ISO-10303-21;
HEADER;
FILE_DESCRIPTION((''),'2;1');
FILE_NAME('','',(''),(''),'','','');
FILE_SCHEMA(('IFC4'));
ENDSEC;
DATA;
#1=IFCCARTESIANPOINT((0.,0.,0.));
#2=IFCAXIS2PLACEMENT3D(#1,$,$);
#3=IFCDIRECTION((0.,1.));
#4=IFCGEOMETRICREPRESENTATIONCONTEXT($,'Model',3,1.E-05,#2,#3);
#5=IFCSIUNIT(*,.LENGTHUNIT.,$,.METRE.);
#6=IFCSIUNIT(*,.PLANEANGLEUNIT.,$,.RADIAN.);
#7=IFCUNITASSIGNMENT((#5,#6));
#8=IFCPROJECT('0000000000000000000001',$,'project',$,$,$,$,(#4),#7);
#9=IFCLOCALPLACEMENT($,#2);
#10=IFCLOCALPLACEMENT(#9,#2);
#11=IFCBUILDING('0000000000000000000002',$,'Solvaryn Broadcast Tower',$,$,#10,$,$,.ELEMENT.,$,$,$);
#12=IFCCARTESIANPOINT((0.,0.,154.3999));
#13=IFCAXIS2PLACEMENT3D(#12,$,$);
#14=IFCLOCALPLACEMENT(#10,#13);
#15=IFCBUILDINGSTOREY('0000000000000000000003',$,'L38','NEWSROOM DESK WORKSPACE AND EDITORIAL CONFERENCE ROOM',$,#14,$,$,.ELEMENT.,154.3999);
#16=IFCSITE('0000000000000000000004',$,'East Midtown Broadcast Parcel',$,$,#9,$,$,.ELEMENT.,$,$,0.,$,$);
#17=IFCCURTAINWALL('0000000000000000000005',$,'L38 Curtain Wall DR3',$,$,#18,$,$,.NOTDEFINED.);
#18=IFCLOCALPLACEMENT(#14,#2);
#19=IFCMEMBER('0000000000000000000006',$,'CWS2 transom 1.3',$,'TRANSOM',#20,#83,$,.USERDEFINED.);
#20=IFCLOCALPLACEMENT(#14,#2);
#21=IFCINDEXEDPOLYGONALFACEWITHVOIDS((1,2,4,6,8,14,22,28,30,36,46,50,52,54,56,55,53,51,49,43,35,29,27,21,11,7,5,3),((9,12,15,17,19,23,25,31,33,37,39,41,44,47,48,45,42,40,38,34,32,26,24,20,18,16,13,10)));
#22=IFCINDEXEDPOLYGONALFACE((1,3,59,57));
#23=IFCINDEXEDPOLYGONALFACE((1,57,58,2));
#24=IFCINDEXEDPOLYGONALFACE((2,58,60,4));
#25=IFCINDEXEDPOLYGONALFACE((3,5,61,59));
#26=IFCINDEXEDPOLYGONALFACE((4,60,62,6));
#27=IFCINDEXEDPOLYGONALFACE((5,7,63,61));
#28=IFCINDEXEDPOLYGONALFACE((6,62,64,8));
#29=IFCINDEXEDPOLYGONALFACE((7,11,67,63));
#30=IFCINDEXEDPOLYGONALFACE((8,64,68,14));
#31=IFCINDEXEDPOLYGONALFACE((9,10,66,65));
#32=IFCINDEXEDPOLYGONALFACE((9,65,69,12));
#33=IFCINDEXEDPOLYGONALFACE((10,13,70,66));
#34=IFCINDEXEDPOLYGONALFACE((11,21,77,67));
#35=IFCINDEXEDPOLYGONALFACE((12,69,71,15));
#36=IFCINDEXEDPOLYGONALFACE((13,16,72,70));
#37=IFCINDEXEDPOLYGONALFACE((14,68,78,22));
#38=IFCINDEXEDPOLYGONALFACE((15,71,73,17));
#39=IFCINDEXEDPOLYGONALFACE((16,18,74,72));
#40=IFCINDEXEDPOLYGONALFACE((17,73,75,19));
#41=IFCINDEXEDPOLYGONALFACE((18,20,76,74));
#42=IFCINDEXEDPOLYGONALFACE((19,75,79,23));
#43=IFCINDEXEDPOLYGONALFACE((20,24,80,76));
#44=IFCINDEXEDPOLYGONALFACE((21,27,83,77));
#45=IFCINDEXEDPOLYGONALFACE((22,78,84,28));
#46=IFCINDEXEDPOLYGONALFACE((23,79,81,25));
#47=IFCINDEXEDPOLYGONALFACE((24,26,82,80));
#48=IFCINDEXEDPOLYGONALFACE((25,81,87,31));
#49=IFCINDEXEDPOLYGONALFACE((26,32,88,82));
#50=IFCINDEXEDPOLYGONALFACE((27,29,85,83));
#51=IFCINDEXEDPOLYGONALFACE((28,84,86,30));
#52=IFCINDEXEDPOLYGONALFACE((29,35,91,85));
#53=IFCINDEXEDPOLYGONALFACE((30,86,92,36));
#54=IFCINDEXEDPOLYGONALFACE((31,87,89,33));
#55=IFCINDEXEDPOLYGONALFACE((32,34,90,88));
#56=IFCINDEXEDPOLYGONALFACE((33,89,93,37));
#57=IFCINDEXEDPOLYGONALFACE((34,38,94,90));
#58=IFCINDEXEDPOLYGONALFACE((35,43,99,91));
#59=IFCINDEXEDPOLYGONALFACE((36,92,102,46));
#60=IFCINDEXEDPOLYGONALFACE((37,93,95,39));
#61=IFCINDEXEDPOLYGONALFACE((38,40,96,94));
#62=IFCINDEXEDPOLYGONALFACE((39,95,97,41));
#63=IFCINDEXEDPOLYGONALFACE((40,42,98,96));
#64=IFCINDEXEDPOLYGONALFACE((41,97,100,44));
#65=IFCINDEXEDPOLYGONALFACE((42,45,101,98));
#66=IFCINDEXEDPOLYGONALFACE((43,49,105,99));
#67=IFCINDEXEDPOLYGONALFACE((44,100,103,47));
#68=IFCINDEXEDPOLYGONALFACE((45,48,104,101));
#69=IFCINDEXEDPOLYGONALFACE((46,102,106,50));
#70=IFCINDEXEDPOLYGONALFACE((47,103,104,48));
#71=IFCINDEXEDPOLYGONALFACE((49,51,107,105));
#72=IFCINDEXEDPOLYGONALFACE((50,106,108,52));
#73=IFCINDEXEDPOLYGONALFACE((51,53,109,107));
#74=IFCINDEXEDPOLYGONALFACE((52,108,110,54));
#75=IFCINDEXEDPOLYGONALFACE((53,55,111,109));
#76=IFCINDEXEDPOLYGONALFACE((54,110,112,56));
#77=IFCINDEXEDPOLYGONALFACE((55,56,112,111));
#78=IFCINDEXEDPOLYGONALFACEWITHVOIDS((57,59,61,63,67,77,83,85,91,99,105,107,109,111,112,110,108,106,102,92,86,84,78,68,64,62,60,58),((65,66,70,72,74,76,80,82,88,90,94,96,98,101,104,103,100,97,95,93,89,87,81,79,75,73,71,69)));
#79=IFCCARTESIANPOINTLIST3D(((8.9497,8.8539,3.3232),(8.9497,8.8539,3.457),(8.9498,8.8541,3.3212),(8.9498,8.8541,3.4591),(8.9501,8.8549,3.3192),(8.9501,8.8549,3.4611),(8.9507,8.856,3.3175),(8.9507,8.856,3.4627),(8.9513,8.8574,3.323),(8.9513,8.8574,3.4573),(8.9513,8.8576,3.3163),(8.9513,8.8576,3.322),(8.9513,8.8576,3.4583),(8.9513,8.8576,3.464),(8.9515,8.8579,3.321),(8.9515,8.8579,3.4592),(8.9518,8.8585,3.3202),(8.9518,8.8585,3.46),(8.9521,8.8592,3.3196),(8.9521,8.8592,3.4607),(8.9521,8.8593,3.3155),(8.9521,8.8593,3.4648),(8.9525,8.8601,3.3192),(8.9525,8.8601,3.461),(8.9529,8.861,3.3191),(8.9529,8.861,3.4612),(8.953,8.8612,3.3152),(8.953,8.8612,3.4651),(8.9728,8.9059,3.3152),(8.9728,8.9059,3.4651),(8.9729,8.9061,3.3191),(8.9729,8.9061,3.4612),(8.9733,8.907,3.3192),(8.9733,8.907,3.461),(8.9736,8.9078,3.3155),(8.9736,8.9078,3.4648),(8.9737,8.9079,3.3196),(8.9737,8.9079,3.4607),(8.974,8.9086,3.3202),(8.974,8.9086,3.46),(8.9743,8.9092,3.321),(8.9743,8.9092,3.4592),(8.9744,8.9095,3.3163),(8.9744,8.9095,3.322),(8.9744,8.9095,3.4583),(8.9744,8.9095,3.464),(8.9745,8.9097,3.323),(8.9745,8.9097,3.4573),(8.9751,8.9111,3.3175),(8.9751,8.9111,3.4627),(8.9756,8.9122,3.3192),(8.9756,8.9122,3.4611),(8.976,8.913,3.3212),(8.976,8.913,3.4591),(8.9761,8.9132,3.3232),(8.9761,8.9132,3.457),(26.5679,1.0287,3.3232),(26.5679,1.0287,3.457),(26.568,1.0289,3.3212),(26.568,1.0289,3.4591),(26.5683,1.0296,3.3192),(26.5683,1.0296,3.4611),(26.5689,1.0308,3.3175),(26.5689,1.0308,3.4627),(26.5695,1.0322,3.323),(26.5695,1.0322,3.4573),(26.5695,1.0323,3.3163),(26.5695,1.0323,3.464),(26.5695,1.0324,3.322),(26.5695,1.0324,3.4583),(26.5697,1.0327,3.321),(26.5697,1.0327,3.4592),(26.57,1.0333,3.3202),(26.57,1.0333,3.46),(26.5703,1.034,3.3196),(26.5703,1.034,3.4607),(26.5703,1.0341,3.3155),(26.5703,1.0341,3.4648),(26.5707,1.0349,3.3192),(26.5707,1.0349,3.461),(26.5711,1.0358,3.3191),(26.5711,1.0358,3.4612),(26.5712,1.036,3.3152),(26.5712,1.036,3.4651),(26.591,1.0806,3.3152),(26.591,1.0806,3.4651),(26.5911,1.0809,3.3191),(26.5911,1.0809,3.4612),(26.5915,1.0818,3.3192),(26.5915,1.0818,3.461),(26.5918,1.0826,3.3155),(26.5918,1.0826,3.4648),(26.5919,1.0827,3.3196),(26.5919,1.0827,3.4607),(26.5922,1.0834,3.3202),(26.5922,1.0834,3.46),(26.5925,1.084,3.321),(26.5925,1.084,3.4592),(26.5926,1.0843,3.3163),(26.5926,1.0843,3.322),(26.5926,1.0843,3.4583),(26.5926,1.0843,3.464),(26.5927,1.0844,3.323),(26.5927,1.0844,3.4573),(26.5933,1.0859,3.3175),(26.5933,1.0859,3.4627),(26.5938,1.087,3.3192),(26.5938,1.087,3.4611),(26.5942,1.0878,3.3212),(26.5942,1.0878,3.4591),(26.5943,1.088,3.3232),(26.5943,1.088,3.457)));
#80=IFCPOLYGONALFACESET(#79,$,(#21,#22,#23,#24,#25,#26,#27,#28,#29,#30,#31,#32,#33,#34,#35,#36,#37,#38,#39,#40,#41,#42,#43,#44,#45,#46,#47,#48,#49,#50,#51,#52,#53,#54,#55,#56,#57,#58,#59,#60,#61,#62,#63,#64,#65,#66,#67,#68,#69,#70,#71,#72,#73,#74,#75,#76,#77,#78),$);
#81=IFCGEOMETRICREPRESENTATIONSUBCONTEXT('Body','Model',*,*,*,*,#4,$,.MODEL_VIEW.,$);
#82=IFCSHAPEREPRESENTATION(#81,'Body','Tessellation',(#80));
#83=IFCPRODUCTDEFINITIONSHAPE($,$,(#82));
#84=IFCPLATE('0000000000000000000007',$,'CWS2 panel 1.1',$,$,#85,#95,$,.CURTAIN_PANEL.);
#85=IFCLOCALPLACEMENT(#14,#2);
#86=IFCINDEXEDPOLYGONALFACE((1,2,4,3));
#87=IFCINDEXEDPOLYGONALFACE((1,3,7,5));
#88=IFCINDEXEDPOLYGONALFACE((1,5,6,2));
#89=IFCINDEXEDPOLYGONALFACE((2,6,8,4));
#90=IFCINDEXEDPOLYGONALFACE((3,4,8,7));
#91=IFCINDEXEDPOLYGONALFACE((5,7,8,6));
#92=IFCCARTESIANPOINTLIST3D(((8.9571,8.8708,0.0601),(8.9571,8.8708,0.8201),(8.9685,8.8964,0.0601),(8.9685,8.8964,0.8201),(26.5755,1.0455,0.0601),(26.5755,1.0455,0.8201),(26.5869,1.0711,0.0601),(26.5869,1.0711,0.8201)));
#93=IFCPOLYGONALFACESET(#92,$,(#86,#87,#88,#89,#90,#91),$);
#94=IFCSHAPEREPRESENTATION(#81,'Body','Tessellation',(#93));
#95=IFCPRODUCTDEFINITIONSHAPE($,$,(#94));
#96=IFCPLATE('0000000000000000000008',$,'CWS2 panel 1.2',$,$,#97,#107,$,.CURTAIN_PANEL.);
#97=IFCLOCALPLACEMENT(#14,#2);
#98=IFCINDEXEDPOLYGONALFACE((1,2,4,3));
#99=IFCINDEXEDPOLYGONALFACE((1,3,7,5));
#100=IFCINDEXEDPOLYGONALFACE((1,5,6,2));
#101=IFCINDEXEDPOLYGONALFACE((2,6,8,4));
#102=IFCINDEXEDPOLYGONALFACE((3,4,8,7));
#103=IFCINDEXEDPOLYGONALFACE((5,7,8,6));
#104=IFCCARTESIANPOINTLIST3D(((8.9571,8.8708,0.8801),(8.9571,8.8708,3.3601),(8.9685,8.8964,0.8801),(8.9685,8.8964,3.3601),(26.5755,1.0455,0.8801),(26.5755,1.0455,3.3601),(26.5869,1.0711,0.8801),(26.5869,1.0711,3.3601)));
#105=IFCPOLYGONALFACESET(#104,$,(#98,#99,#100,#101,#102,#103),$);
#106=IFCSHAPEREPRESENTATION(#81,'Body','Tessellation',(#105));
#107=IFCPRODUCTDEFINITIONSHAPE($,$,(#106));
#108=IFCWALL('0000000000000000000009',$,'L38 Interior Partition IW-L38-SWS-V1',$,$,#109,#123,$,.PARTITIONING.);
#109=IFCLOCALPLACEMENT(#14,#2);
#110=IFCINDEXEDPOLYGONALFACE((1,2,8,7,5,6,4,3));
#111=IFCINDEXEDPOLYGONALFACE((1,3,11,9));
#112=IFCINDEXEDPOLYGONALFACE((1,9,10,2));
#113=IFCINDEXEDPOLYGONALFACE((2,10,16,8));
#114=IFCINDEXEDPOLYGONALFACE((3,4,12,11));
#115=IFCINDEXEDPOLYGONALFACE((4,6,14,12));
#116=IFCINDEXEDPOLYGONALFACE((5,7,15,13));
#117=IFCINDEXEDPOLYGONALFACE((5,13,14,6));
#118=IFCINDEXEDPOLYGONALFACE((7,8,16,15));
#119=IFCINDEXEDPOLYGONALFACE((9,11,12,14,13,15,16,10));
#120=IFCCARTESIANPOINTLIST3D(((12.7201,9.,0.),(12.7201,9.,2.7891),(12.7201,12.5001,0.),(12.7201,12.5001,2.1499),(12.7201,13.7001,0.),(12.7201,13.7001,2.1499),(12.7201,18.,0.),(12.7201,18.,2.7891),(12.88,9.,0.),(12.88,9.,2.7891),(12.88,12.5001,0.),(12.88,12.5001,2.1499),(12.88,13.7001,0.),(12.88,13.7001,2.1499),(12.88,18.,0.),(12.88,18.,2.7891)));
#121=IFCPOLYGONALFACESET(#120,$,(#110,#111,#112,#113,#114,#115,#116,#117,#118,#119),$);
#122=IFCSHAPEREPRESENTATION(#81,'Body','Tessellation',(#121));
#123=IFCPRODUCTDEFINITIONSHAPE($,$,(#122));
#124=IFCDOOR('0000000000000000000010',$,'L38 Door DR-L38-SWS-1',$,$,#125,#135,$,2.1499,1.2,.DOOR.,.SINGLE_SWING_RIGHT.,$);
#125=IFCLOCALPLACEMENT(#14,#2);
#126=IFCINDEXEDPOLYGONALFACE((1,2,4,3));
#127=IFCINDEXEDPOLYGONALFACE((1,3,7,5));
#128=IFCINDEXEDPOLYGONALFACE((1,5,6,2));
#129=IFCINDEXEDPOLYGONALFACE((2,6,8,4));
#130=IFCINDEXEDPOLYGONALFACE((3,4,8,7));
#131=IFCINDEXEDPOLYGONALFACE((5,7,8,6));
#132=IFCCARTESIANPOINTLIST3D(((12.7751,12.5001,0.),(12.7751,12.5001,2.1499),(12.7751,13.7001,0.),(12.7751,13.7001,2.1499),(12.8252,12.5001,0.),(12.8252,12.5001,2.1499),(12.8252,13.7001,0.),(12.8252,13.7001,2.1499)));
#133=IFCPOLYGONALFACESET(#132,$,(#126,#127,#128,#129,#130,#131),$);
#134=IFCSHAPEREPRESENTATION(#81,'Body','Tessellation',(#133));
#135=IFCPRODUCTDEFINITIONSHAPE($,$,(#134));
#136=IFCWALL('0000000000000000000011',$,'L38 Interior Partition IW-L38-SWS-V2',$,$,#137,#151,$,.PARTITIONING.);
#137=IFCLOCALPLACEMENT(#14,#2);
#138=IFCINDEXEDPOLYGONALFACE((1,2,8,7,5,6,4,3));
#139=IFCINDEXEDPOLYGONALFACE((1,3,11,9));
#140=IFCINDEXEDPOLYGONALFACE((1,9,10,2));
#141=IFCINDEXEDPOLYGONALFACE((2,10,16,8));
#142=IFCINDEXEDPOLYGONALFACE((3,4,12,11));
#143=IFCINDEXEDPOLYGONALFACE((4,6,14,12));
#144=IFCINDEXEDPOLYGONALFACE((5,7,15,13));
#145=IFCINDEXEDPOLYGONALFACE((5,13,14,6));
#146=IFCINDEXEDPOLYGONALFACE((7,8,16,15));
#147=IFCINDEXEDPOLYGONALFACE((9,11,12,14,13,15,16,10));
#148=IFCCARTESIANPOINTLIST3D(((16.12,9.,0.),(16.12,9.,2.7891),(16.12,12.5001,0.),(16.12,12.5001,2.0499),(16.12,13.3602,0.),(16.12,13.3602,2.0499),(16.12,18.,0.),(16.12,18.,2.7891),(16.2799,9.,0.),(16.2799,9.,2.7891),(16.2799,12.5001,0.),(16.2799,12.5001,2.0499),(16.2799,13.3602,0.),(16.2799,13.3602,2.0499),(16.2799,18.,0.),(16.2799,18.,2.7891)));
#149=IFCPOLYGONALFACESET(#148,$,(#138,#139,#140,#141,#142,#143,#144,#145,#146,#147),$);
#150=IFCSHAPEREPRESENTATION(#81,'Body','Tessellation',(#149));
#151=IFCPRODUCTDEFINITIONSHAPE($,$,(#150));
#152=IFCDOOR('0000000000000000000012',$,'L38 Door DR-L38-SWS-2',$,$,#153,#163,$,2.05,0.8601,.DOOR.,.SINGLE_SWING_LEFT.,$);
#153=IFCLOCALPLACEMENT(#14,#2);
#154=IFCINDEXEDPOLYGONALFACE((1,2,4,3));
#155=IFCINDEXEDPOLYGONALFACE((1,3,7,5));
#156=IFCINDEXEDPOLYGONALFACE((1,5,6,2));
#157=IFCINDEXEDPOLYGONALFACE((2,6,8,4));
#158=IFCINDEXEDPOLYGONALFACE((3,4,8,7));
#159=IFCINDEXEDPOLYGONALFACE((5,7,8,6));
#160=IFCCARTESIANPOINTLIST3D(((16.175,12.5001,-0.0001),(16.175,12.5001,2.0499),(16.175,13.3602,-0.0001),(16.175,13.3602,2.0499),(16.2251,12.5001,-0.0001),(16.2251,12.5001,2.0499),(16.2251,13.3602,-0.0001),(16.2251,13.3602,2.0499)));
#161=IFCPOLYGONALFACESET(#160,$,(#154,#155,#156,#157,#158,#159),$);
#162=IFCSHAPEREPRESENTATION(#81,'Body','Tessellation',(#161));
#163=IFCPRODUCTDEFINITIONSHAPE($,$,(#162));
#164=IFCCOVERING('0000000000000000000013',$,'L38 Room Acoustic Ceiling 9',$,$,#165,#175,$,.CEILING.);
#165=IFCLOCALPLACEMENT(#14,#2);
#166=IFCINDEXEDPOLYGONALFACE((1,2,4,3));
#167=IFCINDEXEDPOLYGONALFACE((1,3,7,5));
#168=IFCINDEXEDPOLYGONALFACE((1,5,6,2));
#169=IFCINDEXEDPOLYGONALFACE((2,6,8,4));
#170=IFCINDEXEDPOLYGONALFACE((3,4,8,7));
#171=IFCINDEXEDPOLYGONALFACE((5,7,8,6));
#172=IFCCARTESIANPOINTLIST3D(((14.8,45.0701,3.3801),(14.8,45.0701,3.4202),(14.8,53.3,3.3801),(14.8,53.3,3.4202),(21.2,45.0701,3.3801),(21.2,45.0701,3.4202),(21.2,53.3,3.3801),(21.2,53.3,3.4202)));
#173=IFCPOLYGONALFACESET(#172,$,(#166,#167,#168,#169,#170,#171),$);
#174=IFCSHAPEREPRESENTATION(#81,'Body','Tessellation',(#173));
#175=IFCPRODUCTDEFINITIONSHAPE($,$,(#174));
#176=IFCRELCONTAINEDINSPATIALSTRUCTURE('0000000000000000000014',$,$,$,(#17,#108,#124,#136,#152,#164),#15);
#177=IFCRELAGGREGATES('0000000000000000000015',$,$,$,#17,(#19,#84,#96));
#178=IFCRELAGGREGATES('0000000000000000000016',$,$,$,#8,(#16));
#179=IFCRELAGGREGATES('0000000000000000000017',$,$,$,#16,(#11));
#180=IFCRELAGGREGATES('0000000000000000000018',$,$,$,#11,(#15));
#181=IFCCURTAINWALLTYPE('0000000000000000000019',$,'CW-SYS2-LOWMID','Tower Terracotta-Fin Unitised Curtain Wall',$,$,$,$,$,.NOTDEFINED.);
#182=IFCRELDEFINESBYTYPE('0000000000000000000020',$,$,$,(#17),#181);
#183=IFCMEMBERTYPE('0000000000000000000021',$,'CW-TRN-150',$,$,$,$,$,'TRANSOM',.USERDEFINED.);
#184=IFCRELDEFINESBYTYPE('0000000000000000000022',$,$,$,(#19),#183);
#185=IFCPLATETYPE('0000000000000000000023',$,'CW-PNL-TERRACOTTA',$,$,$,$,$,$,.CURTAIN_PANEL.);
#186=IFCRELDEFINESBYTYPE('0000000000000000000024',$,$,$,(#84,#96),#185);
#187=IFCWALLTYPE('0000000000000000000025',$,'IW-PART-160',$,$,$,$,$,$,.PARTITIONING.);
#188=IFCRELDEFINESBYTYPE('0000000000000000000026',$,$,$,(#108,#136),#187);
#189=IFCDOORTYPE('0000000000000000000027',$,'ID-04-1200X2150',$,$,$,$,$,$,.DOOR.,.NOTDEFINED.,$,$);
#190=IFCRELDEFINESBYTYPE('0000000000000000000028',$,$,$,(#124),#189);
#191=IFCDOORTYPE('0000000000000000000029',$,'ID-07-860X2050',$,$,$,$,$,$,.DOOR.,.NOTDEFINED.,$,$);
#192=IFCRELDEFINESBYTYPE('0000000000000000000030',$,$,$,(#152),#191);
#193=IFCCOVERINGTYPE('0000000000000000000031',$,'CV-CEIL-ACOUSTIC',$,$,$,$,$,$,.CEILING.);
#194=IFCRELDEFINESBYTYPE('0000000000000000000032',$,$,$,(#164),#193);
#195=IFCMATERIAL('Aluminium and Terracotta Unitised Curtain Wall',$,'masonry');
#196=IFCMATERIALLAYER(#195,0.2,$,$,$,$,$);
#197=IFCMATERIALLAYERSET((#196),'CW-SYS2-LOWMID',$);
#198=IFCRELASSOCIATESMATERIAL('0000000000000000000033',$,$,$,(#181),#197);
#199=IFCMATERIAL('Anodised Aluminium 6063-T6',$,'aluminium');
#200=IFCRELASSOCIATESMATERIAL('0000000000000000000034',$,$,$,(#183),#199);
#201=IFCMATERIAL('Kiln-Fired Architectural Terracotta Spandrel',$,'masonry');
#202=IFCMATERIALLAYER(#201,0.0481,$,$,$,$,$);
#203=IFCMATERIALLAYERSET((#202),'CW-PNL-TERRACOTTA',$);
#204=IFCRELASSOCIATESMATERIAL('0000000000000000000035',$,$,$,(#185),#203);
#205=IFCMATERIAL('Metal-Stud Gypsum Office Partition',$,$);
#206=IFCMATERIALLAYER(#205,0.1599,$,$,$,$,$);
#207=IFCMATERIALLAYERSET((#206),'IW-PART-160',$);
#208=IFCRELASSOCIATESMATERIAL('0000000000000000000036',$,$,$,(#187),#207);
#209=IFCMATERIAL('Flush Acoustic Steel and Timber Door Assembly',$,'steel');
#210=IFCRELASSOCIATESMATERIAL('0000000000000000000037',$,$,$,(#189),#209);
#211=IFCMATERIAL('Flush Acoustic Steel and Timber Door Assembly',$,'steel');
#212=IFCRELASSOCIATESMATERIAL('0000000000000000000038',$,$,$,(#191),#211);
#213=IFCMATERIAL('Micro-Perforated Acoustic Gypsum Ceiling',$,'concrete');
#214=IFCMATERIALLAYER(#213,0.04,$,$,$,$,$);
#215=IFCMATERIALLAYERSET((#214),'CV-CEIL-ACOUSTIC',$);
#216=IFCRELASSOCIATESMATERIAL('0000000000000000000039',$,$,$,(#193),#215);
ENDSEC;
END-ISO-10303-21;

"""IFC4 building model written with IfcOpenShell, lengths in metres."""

from ifc_helpers import new_model, si_unit, direction, frame, frame_2d, origin, origin_2d, place, context, subcontext, project, spatial, polyline, rectangle, hollow_rectangle, outline, extrude, material, layer, layer_set, material_profile, profile_set, type_object, element, fill, aggregate, save


model = new_model("IFC4")

# Units and contexts
model_context = context("Model", 3, precision=1e-05, world=origin(), true_north=direction((0.0, 1.0)))
body_context = subcontext(model_context, "Body", "Model", "MODEL_VIEW")
ifc_project = project(units=[si_unit("LENGTHUNIT", "METRE"), si_unit("PLANEANGLEUNIT", "RADIAN")], contexts=[model_context])

# Site, building, storey
site_placement = place(None, origin())
site = spatial("IfcSite", under=ifc_project, at=site_placement, Name="East Midtown Broadcast Parcel", CompositionType="ELEMENT", RefElevation=0.0)
building_placement = place(site_placement, origin())
building = spatial("IfcBuilding", under=site, at=building_placement, Name="Solvaryn Broadcast Tower", CompositionType="ELEMENT")
storey_placement = place(building_placement, frame((0.0, 0.0, 154.3999)))
storey = spatial("IfcBuildingStorey", under=building, at=storey_placement, Name="L38", Description="NEWSROOM DESK WORKSPACE AND EDITORIAL CONFERENCE ROOM", CompositionType="ELEMENT", Elevation=154.3999)

# Shared definitions
ifc_material_1 = material(Name="Aluminium and Terracotta Unitised Curtain Wall", Category="masonry")
ifc_layer_1 = layer(ifc_material_1, 0.2)
ifc_layer_set_1 = layer_set([ifc_layer_1], Name="CW-SYS2-LOWMID")
curtain_wall_type = type_object("IfcCurtainWallType", Name="CW-SYS2-LOWMID", Description="Tower Terracotta-Fin Unitised Curtain Wall", PredefinedType="NOTDEFINED", material=ifc_layer_set_1)

# Curtain wall, member, plates
curtain_wall_1_placement = place(storey_placement, origin())
curtain_wall_1 = element("IfcCurtainWall", 1, at=curtain_wall_1_placement, inside=storey, type_object=curtain_wall_type, Name="L38 Curtain Wall DR3", PredefinedType="NOTDEFINED")
ifc_material_2 = material(Name="Anodised Aluminium 6063-T6", Category="aluminium")
ifc_material_profile_1 = material_profile(ifc_material_2, hollow_rectangle(XDim=0.0649, YDim=0.1499, WallThickness=0.0039, InnerFilletRadius=0.0039, OuterFilletRadius=0.0081, at=origin_2d()))
ifc_profile_set_1 = profile_set([ifc_material_profile_1], Name="Anodised Aluminium 6063-T6")
member_type_1 = type_object("IfcMemberType", Name="CW-TRN-150", ElementType="TRANSOM", PredefinedType="USERDEFINED", material=ifc_profile_set_1)
member_1_placement = place(storey_placement, frame((8.9629, 8.8835, 3.3901), z_axis=(0.91391, -0.405918, 0.0), x_axis=(0.405918, 0.91391, 0.0)))
member_1 = element("IfcMember", 2, at=member_1_placement, type_object=member_type_1, Name="CWS2 transom 1.3", ObjectType="TRANSOM", PredefinedType="USERDEFINED", context=body_context, shape_type="SweptSolid", body=[
    extrude(hollow_rectangle(XDim=0.0649, YDim=0.1499, WallThickness=0.0039, InnerFilletRadius=0.0039, OuterFilletRadius=0.0081, at=origin_2d()), origin(), (0.0, 0.0, 1.0), 19.2778),
])
ifc_material_3 = material(Name="Kiln-Fired Architectural Terracotta Spandrel", Category="masonry")
ifc_layer_2 = layer(ifc_material_3, 0.0481)
ifc_layer_set_2 = layer_set([ifc_layer_2], Name="CW-PNL-TERRACOTTA")
plate_type = type_object("IfcPlateType", Name="CW-PNL-TERRACOTTA", PredefinedType="CURTAIN_PANEL", material=ifc_layer_set_2)
plate_1_placement = place(storey_placement, frame((17.772, 4.9709, 0.0601), z_axis=(0.0, 0.0, 1.0), x_axis=(0.913909, -0.405918, 0.0)))
plate_1 = element("IfcPlate", 3, at=plate_1_placement, type_object=plate_type, Name="CWS2 panel 1.1", PredefinedType="CURTAIN_PANEL", context=body_context, shape_type="SweptSolid", body=[
    extrude(rectangle(XDim=19.2781, YDim=0.0281, at=origin_2d()), origin(), (0.0, 0.0, 1.0), 0.76),
])
plate_2_placement = place(storey_placement, frame((17.772, 4.9709, 0.8801), z_axis=(0.0, 0.0, 1.0), x_axis=(0.913909, -0.405918, 0.0)))
plate_2 = element("IfcPlate", 4, at=plate_2_placement, type_object=plate_type, Name="CWS2 panel 1.2", PredefinedType="CURTAIN_PANEL", context=body_context, shape_type="SweptSolid", body=[
    extrude(rectangle(XDim=19.2781, YDim=0.0281, at=origin_2d()), origin(), (0.0, 0.0, 1.0), 2.48),
])
aggregate(curtain_wall_1, [member_1, plate_1, plate_2])

# Walls, openings, doors
ifc_material_4 = material(Name="Metal-Stud Gypsum Office Partition")
ifc_layer_3 = layer(ifc_material_4, 0.1599)
ifc_layer_set_3 = layer_set([ifc_layer_3], Name="IW-PART-160")
wall_type = type_object("IfcWallType", Name="IW-PART-160", PredefinedType="PARTITIONING", material=ifc_layer_set_3)
wall_1_placement = place(storey_placement, frame((12.8, 9.0, 0.0), z_axis=(0.0, 0.0, 1.0), x_axis=(0.0, 1.0, 0.0)))
wall_1 = element("IfcWall", 5, at=wall_1_placement, inside=storey, type_object=wall_type, Name="L38 Interior Partition IW-L38-SWS-V1", PredefinedType="PARTITIONING", context=body_context, shape_type="SweptSolid", body=[
    extrude(rectangle(XDim=9.0, YDim=0.1599, at=frame_2d((4.5, 0.0))), origin(), (0.0, 0.0, 1.0), 2.7891),
])
opening_1_placement = place(wall_1_placement, frame((3.5, 0.0, 0.0)))
opening_1 = element("IfcOpeningElement", 6, at=opening_1_placement, cuts=wall_1, PredefinedType="OPENING", context=body_context, shape_type="SweptSolid", body=[
    extrude(rectangle(XDim=1.2, YDim=2.1499, at=frame_2d((0.6001, 1.075))), frame((0.0, 0.0901, 0.0), z_axis=(0.0, -1.0, 0.0), x_axis=(1.0, 0.0, 0.0)), (0.0, 0.0, 1.0), 0.1799),
])
ifc_material_5 = material(Name="Flush Acoustic Steel and Timber Door Assembly", Category="steel")
door_type_1 = type_object("IfcDoorType", Name="ID-04-1200X2150", OperationType="NOTDEFINED", PredefinedType="DOOR", material=ifc_material_5)
door_1_placement = place(opening_1_placement, origin())
door_1 = element("IfcDoor", 7, at=door_1_placement, inside=storey, type_object=door_type_1, Name="L38 Door DR-L38-SWS-1", OperationType="SINGLE_SWING_RIGHT", OverallHeight=2.1499, OverallWidth=1.2, PredefinedType="DOOR", context=body_context, shape_type="SweptSolid", body=[
    extrude(rectangle(XDim=1.2, YDim=2.1499, at=frame_2d((0.6001, 1.075))), frame((0.0, 0.0249, 0.0), z_axis=(0.0, -1.0, 0.0), x_axis=(1.0, 0.0, 0.0)), (0.0, 0.0, 1.0), 0.05),
])
fill(opening_1, door_1)
wall_2_placement = place(storey_placement, frame((16.2, 9.0, 0.0), z_axis=(0.0, 0.0, 1.0), x_axis=(0.0, 1.0, 0.0)))
wall_2 = element("IfcWall", 8, at=wall_2_placement, inside=storey, type_object=wall_type, Name="L38 Interior Partition IW-L38-SWS-V2", PredefinedType="PARTITIONING", context=body_context, shape_type="SweptSolid", body=[
    extrude(rectangle(XDim=9.0, YDim=0.1599, at=frame_2d((4.5, 0.0))), origin(), (0.0, 0.0, 1.0), 2.7891),
])
opening_2_placement = place(wall_2_placement, frame((3.5, 0.0, 0.0)))
opening_2 = element("IfcOpeningElement", 9, at=opening_2_placement, cuts=wall_2, PredefinedType="OPENING", context=body_context, shape_type="SweptSolid", body=[
    extrude(rectangle(XDim=0.8601, YDim=2.05, at=frame_2d((0.4302, 1.0249))), frame((0.0, 0.0901, 0.0), z_axis=(0.0, -1.0, 0.0), x_axis=(1.0, 0.0, 0.0)), (0.0, 0.0, 1.0), 0.1799),
])
ifc_material_6 = material(Name="Flush Acoustic Steel and Timber Door Assembly", Category="steel")
door_type_2 = type_object("IfcDoorType", Name="ID-07-860X2050", OperationType="NOTDEFINED", PredefinedType="DOOR", material=ifc_material_6)
door_2_placement = place(opening_2_placement, origin())
door_2 = element("IfcDoor", 10, at=door_2_placement, inside=storey, type_object=door_type_2, Name="L38 Door DR-L38-SWS-2", OperationType="SINGLE_SWING_LEFT", OverallHeight=2.05, OverallWidth=0.8601, PredefinedType="DOOR", context=body_context, shape_type="SweptSolid", body=[
    extrude(rectangle(XDim=0.8601, YDim=2.05, at=frame_2d((0.4302, 1.0249))), frame((0.0, 0.0249, 0.0), z_axis=(0.0, -1.0, 0.0), x_axis=(1.0, 0.0, 0.0)), (0.0, 0.0, 1.0), 0.05),
])
fill(opening_2, door_2)

# Covering
ifc_material_7 = material(Name="Micro-Perforated Acoustic Gypsum Ceiling", Category="concrete")
ifc_layer_4 = layer(ifc_material_7, 0.04)
ifc_layer_set_4 = layer_set([ifc_layer_4], Name="CV-CEIL-ACOUSTIC")
covering_type_1 = type_object("IfcCoveringType", Name="CV-CEIL-ACOUSTIC", PredefinedType="CEILING", material=ifc_layer_set_4)
covering_1_placement = place(storey_placement, frame((0.0, 0.0, 3.3801)))
element("IfcCovering", 11, at=covering_1_placement, inside=storey, type_object=covering_type_1, Name="L38 Room Acoustic Ceiling 9", PredefinedType="CEILING", context=body_context, shape_type="SweptSolid", body=[
    extrude(outline(polyline([(14.8, 45.0701), (21.2, 45.0701), (21.2, 53.3), (14.8, 53.3), (14.8, 45.0701)])), origin(), (0.0, 0.0, 1.0), 0.04),
])

save(model, "model.ifc")
